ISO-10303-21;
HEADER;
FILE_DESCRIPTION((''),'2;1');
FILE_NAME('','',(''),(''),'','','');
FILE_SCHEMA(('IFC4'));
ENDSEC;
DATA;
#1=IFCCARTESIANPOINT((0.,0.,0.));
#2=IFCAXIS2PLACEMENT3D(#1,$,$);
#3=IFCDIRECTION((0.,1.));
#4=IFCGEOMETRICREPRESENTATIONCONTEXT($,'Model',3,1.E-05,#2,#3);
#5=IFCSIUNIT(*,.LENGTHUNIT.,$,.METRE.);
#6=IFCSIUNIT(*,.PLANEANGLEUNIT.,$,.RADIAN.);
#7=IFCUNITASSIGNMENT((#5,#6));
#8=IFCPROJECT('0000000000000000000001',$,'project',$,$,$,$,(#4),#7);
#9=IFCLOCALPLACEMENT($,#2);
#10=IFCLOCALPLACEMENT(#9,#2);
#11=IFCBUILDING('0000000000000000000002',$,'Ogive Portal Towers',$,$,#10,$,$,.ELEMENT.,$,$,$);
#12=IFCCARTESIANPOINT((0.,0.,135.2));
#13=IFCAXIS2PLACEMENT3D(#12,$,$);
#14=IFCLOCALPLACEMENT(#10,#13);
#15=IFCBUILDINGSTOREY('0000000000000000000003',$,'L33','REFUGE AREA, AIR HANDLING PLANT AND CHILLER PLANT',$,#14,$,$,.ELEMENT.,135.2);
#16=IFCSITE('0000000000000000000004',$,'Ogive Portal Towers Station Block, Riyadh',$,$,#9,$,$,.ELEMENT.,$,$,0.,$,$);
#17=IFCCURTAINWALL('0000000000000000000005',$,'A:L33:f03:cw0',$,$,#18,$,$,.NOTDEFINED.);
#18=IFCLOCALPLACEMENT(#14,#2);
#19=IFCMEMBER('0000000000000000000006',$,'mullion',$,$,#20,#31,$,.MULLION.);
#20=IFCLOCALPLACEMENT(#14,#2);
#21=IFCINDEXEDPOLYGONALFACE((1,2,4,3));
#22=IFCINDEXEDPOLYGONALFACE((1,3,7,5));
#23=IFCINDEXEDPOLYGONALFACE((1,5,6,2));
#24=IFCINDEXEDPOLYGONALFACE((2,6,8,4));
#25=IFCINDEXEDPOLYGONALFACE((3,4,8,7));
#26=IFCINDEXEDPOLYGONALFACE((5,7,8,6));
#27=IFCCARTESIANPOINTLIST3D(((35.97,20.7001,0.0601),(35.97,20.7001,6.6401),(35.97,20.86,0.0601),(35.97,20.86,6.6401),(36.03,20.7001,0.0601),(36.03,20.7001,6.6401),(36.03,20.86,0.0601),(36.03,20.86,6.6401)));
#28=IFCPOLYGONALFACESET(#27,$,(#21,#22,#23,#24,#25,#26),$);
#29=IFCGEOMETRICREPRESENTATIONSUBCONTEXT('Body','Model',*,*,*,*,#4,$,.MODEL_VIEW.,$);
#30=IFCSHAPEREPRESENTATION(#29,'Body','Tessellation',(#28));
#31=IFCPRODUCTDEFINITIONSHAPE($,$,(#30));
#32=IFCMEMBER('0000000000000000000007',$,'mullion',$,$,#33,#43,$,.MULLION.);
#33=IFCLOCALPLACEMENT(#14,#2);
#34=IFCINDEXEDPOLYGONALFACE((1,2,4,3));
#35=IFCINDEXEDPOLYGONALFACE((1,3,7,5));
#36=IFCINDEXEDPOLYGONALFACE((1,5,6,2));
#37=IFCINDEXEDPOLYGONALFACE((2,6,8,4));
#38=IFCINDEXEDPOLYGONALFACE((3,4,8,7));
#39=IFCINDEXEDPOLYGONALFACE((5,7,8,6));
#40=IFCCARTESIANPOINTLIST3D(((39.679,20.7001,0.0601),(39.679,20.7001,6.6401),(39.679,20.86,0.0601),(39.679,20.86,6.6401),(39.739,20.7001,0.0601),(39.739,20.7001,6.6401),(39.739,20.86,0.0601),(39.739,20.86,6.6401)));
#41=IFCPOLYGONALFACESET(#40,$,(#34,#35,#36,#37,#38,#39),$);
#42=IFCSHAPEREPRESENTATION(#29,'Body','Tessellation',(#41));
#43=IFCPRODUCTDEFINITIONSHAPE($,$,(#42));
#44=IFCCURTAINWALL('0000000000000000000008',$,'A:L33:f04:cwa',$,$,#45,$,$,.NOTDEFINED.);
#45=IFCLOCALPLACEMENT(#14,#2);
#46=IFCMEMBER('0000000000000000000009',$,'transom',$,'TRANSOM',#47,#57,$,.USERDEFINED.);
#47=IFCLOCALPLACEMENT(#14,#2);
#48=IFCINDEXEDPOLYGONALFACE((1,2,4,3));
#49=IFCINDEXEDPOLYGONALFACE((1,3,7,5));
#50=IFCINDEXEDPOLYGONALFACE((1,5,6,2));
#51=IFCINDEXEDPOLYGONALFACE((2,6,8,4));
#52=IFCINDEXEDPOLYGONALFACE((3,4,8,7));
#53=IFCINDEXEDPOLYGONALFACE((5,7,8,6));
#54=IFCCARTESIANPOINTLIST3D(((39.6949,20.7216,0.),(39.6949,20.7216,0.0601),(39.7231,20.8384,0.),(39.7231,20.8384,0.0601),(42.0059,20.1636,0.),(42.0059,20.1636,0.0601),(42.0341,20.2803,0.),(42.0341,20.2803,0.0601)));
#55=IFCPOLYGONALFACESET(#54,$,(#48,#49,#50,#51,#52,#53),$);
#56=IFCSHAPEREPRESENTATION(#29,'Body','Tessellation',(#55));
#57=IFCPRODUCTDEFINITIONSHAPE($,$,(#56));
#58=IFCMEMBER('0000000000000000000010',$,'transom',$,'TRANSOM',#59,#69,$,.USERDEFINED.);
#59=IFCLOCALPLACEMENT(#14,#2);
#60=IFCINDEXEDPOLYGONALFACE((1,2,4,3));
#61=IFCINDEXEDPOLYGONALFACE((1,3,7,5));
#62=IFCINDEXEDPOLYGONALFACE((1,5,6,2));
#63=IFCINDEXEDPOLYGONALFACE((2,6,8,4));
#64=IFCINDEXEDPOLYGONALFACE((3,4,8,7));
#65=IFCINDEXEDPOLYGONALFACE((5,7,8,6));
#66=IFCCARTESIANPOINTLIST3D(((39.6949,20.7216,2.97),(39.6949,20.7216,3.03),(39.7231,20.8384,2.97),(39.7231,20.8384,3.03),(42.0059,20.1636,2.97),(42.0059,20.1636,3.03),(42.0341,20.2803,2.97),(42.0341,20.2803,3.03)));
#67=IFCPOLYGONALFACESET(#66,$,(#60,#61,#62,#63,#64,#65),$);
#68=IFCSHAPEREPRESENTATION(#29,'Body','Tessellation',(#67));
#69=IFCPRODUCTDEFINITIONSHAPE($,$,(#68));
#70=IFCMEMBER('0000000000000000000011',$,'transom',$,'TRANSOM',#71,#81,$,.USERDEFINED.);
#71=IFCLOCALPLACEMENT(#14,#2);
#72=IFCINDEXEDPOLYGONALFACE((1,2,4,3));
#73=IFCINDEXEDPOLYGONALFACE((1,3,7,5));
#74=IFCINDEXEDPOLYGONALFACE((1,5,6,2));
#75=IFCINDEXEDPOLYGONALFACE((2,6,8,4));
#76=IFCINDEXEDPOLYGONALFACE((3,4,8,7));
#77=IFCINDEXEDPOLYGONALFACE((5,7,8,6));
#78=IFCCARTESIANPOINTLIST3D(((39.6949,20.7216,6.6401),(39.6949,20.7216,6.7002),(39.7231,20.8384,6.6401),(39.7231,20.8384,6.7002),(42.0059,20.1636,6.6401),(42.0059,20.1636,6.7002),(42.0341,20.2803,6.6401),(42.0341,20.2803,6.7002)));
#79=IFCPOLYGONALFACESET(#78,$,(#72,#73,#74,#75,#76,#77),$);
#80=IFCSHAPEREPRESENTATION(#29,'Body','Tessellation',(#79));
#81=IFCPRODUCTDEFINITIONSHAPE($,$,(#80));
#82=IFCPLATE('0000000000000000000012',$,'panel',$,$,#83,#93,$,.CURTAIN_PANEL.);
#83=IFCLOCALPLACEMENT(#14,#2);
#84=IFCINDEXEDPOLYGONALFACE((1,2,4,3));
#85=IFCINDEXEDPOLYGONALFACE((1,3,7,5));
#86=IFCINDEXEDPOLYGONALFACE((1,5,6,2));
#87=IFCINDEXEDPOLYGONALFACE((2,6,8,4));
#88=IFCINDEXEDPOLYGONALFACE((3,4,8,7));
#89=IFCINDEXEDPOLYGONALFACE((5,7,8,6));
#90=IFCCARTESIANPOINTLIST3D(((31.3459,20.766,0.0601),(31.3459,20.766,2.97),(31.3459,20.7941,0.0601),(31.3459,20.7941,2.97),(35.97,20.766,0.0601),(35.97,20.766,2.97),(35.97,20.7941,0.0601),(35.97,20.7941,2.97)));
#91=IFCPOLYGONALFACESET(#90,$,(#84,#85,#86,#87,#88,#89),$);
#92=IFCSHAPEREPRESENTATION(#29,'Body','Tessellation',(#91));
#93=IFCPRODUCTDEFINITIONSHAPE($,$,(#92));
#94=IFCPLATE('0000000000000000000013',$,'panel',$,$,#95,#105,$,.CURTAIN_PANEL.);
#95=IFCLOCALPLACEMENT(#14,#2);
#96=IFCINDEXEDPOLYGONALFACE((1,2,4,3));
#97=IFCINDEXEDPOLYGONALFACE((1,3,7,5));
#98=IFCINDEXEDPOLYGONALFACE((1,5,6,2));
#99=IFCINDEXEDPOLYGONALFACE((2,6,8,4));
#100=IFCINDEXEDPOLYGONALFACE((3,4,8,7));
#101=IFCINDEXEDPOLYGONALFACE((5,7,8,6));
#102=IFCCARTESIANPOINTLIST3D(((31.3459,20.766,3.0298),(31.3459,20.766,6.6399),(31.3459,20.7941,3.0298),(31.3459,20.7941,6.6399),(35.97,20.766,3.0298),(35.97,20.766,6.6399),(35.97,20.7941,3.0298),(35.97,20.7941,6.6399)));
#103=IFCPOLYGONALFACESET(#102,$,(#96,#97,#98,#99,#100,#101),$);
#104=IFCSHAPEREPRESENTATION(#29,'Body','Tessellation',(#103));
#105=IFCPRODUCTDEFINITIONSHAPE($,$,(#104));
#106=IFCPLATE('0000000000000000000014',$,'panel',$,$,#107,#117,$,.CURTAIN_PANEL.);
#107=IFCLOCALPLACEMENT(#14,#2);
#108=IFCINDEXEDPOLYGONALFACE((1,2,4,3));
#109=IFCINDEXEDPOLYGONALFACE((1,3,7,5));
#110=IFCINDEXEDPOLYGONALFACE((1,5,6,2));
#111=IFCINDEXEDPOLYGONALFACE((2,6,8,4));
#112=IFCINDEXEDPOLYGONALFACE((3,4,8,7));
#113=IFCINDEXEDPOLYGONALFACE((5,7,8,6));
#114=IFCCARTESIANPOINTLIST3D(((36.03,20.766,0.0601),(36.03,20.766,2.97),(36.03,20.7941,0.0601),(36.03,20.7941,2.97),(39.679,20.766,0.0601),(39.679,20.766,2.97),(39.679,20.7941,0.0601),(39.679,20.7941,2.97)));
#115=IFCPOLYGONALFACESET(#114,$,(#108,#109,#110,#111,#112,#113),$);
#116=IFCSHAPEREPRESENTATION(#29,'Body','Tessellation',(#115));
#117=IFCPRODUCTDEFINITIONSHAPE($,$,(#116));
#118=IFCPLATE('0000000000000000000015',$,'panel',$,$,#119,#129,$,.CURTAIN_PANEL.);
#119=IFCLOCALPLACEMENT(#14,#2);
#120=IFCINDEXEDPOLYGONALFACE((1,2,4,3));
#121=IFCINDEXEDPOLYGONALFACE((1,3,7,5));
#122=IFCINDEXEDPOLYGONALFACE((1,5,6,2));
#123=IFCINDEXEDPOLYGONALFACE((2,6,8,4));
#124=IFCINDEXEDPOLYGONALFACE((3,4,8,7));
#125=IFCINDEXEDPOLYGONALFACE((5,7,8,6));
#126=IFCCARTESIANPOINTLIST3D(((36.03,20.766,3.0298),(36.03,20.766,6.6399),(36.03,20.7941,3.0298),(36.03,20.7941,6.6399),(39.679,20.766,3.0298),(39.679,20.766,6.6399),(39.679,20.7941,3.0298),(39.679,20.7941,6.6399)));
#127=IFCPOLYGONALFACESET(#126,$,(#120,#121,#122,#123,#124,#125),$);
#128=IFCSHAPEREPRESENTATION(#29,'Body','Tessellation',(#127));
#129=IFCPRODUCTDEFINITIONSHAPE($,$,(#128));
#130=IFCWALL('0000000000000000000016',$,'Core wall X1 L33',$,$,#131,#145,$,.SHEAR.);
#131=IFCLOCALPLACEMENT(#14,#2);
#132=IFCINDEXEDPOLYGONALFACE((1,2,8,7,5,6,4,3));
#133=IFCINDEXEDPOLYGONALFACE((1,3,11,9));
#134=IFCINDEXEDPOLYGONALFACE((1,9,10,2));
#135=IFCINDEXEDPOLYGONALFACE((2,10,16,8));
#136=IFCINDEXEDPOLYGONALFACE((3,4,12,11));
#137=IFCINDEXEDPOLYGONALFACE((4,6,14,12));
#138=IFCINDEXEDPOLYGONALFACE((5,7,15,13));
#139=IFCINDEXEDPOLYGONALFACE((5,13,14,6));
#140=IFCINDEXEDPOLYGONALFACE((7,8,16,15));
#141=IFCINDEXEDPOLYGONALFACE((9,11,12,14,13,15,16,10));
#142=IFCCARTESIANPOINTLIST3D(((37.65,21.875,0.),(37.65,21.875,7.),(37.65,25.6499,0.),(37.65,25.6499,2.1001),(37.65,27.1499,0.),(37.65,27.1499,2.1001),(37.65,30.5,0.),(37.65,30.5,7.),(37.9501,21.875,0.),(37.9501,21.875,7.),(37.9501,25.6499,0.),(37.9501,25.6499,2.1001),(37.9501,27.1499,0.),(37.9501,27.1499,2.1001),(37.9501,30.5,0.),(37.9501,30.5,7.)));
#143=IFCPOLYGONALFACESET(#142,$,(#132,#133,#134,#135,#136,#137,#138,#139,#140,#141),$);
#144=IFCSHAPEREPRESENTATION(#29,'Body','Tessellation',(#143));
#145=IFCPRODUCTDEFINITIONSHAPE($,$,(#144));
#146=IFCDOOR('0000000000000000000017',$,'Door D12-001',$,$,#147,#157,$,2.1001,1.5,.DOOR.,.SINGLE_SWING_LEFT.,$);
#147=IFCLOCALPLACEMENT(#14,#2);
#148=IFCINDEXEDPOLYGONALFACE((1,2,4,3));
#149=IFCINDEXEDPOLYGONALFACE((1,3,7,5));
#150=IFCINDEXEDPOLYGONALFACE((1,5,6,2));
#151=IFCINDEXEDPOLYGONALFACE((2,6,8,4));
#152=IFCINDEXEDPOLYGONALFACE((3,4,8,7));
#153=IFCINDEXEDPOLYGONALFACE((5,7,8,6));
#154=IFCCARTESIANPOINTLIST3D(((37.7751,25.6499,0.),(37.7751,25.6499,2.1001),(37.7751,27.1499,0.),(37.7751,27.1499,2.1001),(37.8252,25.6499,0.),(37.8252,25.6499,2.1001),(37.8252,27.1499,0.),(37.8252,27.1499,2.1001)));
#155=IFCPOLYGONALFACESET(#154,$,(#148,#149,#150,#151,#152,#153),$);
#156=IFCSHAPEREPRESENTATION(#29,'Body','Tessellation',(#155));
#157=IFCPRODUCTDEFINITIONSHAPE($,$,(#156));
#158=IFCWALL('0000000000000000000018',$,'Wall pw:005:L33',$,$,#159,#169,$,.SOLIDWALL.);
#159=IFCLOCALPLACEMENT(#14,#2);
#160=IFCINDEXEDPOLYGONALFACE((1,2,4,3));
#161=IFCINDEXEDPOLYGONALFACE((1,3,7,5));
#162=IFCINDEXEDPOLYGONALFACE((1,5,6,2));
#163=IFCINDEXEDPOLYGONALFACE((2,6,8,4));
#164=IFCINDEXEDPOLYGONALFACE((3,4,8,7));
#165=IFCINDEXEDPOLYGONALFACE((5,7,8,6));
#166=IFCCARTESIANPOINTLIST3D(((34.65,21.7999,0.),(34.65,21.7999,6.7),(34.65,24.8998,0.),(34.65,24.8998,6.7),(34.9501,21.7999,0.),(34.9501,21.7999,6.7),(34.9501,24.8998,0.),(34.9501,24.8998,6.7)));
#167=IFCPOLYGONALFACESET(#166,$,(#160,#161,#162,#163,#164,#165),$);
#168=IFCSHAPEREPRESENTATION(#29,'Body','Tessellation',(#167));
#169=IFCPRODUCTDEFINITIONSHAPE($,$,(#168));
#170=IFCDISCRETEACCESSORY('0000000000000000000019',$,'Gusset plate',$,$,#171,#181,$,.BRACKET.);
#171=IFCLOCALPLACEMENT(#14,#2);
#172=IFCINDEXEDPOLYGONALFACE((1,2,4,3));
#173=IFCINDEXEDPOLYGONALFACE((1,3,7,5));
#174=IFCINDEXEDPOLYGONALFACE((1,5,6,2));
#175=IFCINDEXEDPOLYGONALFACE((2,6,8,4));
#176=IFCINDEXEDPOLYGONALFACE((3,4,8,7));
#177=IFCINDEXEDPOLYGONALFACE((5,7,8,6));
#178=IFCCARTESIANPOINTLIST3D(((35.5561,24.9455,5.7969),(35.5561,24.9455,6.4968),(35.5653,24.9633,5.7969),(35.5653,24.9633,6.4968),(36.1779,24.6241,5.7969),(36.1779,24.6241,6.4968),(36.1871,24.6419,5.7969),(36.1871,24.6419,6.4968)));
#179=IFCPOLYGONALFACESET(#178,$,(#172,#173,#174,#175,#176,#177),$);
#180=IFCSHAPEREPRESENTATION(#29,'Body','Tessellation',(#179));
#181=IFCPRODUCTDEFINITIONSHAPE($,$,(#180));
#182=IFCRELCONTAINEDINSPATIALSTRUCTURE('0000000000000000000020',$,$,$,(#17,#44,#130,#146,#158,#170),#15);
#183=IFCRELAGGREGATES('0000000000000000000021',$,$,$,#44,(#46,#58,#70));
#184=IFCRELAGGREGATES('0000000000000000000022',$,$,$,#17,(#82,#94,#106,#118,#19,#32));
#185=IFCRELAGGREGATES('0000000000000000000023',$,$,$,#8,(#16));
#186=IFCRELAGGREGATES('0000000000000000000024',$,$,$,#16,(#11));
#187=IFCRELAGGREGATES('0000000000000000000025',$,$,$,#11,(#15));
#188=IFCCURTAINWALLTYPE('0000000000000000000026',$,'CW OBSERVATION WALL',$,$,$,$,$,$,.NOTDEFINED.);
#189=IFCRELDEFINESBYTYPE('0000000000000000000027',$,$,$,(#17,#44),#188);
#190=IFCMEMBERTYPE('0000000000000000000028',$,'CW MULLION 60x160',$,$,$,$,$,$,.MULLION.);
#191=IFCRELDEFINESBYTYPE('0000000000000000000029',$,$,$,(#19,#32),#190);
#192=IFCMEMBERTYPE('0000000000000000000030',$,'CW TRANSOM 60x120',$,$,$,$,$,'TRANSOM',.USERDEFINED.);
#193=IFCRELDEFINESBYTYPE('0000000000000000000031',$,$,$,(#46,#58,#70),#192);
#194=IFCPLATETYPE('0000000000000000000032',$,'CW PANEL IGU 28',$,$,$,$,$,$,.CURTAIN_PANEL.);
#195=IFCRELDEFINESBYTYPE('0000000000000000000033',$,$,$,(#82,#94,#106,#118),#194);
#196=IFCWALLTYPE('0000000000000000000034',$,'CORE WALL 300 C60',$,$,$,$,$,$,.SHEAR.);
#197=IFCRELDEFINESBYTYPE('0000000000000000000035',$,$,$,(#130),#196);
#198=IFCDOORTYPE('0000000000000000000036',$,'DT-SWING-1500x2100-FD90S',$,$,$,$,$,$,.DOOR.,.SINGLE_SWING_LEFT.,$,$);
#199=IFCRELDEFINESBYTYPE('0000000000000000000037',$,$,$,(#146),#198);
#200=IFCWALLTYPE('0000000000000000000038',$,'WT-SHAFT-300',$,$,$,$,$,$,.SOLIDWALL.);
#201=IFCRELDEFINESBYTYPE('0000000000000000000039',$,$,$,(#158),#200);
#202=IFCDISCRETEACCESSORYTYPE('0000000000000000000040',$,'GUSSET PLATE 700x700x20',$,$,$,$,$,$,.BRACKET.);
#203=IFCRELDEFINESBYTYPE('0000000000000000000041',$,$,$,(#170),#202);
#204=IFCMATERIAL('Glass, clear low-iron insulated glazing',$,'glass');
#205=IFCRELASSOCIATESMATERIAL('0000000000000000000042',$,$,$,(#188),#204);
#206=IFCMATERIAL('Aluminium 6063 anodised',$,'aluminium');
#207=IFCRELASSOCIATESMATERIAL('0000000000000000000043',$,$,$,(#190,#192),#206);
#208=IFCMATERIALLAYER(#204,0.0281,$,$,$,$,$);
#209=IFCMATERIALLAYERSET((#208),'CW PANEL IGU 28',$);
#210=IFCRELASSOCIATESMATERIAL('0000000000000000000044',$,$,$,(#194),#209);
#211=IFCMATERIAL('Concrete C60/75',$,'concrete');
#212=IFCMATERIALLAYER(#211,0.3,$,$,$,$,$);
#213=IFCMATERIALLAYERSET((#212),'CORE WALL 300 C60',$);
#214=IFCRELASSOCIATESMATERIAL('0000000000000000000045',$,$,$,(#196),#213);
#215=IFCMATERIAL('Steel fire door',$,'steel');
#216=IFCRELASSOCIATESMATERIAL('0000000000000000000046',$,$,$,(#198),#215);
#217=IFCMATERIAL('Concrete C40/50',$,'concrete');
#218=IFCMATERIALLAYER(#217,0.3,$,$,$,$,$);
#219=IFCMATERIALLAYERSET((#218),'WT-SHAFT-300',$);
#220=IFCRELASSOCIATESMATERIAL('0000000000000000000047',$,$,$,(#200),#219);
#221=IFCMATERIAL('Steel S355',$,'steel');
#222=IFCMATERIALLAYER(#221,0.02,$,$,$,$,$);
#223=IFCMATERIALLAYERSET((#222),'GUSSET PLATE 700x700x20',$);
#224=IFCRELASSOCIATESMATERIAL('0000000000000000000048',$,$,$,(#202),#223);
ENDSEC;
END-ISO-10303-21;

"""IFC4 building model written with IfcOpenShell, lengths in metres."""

from ifc_helpers import new_model, si_unit, direction, frame, frame_2d, origin, origin_2d, place, context, subcontext, project, spatial, rectangle, extrude, material, layer, layer_set, material_profile, profile_set, type_object, element, fill, aggregate, save


model = new_model("IFC4")

# Units and contexts
model_context = context("Model", 3, precision=1e-05, world=origin(), true_north=direction((0.0, 1.0)))
body_context = subcontext(model_context, "Body", "Model", "MODEL_VIEW")
ifc_project = project(units=[si_unit("LENGTHUNIT", "METRE"), si_unit("PLANEANGLEUNIT", "RADIAN")], contexts=[model_context])

# Site, building, storey
site_placement = place(None, origin())
site = spatial("IfcSite", under=ifc_project, at=site_placement, Name="Ogive Portal Towers Station Block, Riyadh", CompositionType="ELEMENT", RefElevation=0.0)
building_placement = place(site_placement, origin())
building = spatial("IfcBuilding", under=site, at=building_placement, Name="Ogive Portal Towers", CompositionType="ELEMENT")
storey_placement = place(building_placement, frame((0.0, 0.0, 135.2)))
storey = spatial("IfcBuildingStorey", under=building, at=storey_placement, Name="L33", Description="REFUGE AREA, AIR HANDLING PLANT AND CHILLER PLANT", CompositionType="ELEMENT", Elevation=135.2)

# Shared definitions
ifc_material_1 = material(Name="Steel S355", Category="steel")

# Curtain walls, members
ifc_material_2 = material(Name="Glass, clear low-iron insulated glazing", Category="glass")
curtain_wall_type = type_object("IfcCurtainWallType", Name="CW OBSERVATION WALL", PredefinedType="NOTDEFINED", material=ifc_material_2)
curtain_wall_1_placement = place(storey_placement, origin())
curtain_wall_1 = element("IfcCurtainWall", 1, at=curtain_wall_1_placement, inside=storey, type_object=curtain_wall_type, Name="A:L33:f03:cw0", PredefinedType="NOTDEFINED")
ifc_material_3 = material(Name="Aluminium 6063 anodised", Category="aluminium")
ifc_material_profile_1 = material_profile(ifc_material_3, rectangle(XDim=0.1599, YDim=0.0601, at=origin_2d()), Name="AL 60x160")
ifc_profile_set_1 = profile_set([ifc_material_profile_1], Name="Aluminium 6063 anodised")
member_type_1 = type_object("IfcMemberType", Name="CW MULLION 60x160", PredefinedType="MULLION", material=ifc_profile_set_1)
member_1_placement = place(storey_placement, frame((36.0, 20.78, 0.0601), z_axis=(0.0, 0.0, 1.0), x_axis=(0.0, 1.0, 0.0)))
member_1 = element("IfcMember", 2, at=member_1_placement, type_object=member_type_1, Name="mullion", PredefinedType="MULLION", context=body_context, shape_type="SweptSolid", body=[
    extrude(rectangle(XDim=0.1599, YDim=0.0601, at=origin_2d()), origin(), (0.0, 0.0, 1.0), 6.5801),
])
member_2_placement = place(storey_placement, frame((39.709, 20.78, 0.0601), z_axis=(0.0, 0.0, 1.0), x_axis=(0.0, 1.0, 0.0)))
member_2 = element("IfcMember", 3, at=member_2_placement, type_object=member_type_1, Name="mullion", PredefinedType="MULLION", context=body_context, shape_type="SweptSolid", body=[
    extrude(rectangle(XDim=0.1599, YDim=0.0601, at=origin_2d()), origin(), (0.0, 0.0, 1.0), 6.5801),
])
curtain_wall_2_placement = place(storey_placement, origin())
curtain_wall_2 = element("IfcCurtainWall", 4, at=curtain_wall_2_placement, inside=storey, type_object=curtain_wall_type, Name="A:L33:f04:cwa", PredefinedType="NOTDEFINED")
ifc_material_profile_2 = material_profile(ifc_material_3, rectangle(XDim=0.1201, YDim=0.0601, at=origin_2d()), Name="AL 120x60")
ifc_profile_set_2 = profile_set([ifc_material_profile_2], Name="Aluminium 6063 anodised")
member_type_2 = type_object("IfcMemberType", Name="CW TRANSOM 60x120", ElementType="TRANSOM", PredefinedType="USERDEFINED", material=ifc_profile_set_2)
member_3_placement = place(storey_placement, frame((39.709, 20.78, 0.03), z_axis=(0.972056, -0.234748, 0.0), x_axis=(0.234748, 0.972056, 0.0)))
member_3 = element("IfcMember", 5, at=member_3_placement, type_object=member_type_2, Name="transom", ObjectType="TRANSOM", PredefinedType="USERDEFINED", context=body_context, shape_type="SweptSolid", body=[
    extrude(rectangle(XDim=0.1201, YDim=0.0601, at=origin_2d()), origin(), (0.0, 0.0, 1.0), 2.3774),
])
member_4_placement = place(storey_placement, frame((39.709, 20.78, 3.0), z_axis=(0.972056, -0.234748, 0.0), x_axis=(0.234748, 0.972056, 0.0)))
member_4 = element("IfcMember", 6, at=member_4_placement, type_object=member_type_2, Name="transom", ObjectType="TRANSOM", PredefinedType="USERDEFINED", context=body_context, shape_type="SweptSolid", body=[
    extrude(rectangle(XDim=0.1201, YDim=0.0601, at=origin_2d()), origin(), (0.0, 0.0, 1.0), 2.3774),
])
member_5_placement = place(storey_placement, frame((39.709, 20.78, 6.6702), z_axis=(0.972056, -0.234748, 0.0), x_axis=(0.234748, 0.972056, 0.0)))
member_5 = element("IfcMember", 7, at=member_5_placement, type_object=member_type_2, Name="transom", ObjectType="TRANSOM", PredefinedType="USERDEFINED", context=body_context, shape_type="SweptSolid", body=[
    extrude(rectangle(XDim=0.1201, YDim=0.0601, at=origin_2d()), origin(), (0.0, 0.0, 1.0), 2.3774),
])
aggregate(curtain_wall_2, [member_3, member_4, member_5])

# Plates
ifc_layer_1 = layer(ifc_material_2, 0.0281)
ifc_layer_set_1 = layer_set([ifc_layer_1], Name="CW PANEL IGU 28")
plate_type = type_object("IfcPlateType", Name="CW PANEL IGU 28", PredefinedType="CURTAIN_PANEL", material=ifc_layer_set_1)
plate_1_placement = place(storey_placement, frame((33.658, 20.78, 0.0601), z_axis=(0.0, 0.0, 1.0), x_axis=(1.0, 0.0, 0.0)))
plate_1 = element("IfcPlate", 8, at=plate_1_placement, type_object=plate_type, Name="panel", PredefinedType="CURTAIN_PANEL", context=body_context, shape_type="SweptSolid", body=[
    extrude(rectangle(XDim=4.624, YDim=0.0281, at=origin_2d()), origin(), (0.0, 0.0, 1.0), 2.9099),
])
plate_2_placement = place(storey_placement, frame((33.658, 20.78, 3.0298), z_axis=(0.0, 0.0, 1.0), x_axis=(1.0, 0.0, 0.0)))
plate_2 = element("IfcPlate", 9, at=plate_2_placement, type_object=plate_type, Name="panel", PredefinedType="CURTAIN_PANEL", context=body_context, shape_type="SweptSolid", body=[
    extrude(rectangle(XDim=4.624, YDim=0.0281, at=origin_2d()), origin(), (0.0, 0.0, 1.0), 3.6101),
])
plate_3_placement = place(storey_placement, frame((37.8545, 20.78, 0.0601), z_axis=(0.0, 0.0, 1.0), x_axis=(1.0, 0.0, 0.0)))
plate_3 = element("IfcPlate", 10, at=plate_3_placement, type_object=plate_type, Name="panel", PredefinedType="CURTAIN_PANEL", context=body_context, shape_type="SweptSolid", body=[
    extrude(rectangle(XDim=3.6489, YDim=0.0281, at=origin_2d()), origin(), (0.0, 0.0, 1.0), 2.9099),
])
plate_4_placement = place(storey_placement, frame((37.8545, 20.78, 3.0298), z_axis=(0.0, 0.0, 1.0), x_axis=(1.0, 0.0, 0.0)))
plate_4 = element("IfcPlate", 11, at=plate_4_placement, type_object=plate_type, Name="panel", PredefinedType="CURTAIN_PANEL", context=body_context, shape_type="SweptSolid", body=[
    extrude(rectangle(XDim=3.6489, YDim=0.0281, at=origin_2d()), origin(), (0.0, 0.0, 1.0), 3.6101),
])
aggregate(curtain_wall_1, [plate_1, plate_2, plate_3, plate_4, member_1, member_2])

# Wall, opening, door
ifc_material_4 = material(Name="Concrete C60/75", Category="concrete")
ifc_layer_2 = layer(ifc_material_4, 0.3)
ifc_layer_set_2 = layer_set([ifc_layer_2], Name="CORE WALL 300 C60")
wall_type_1 = type_object("IfcWallType", Name="CORE WALL 300 C60", PredefinedType="SHEAR", material=ifc_layer_set_2)
wall_1_placement = place(storey_placement, frame((37.8, 21.875, 0.0), z_axis=(0.0, 0.0, 1.0), x_axis=(0.0, 1.0, 0.0)))
wall_1 = element("IfcWall", 12, at=wall_1_placement, inside=storey, type_object=wall_type_1, Name="Core wall X1 L33", PredefinedType="SHEAR", context=body_context, shape_type="SweptSolid", body=[
    extrude(rectangle(XDim=8.625, YDim=0.3, at=frame_2d((4.3125, 0.0))), origin(), (0.0, 0.0, 1.0), 7.0),
])
opening_placement = place(wall_1_placement, frame((3.7749, 0.0, 0.0)))
opening = element("IfcOpeningElement", 13, at=opening_placement, cuts=wall_1, PredefinedType="OPENING", context=body_context, shape_type="SweptSolid", body=[
    extrude(rectangle(XDim=1.5, YDim=2.1001, at=frame_2d((0.75, 1.05))), frame((0.0, 0.1602, 0.0), z_axis=(0.0, -1.0, 0.0), x_axis=(1.0, 0.0, 0.0)), (0.0, 0.0, 1.0), 0.3201),
])
ifc_material_5 = material(Name="Steel fire door", Category="steel")
door_type = type_object("IfcDoorType", Name="DT-SWING-1500x2100-FD90S", OperationType="SINGLE_SWING_LEFT", PredefinedType="DOOR", material=ifc_material_5)
door_placement = place(opening_placement, origin())
door = element("IfcDoor", 14, at=door_placement, inside=storey, type_object=door_type, Name="Door D12-001", OperationType="SINGLE_SWING_LEFT", OverallHeight=2.1001, OverallWidth=1.5, PredefinedType="DOOR", context=body_context, shape_type="SweptSolid", body=[
    extrude(rectangle(XDim=1.5, YDim=2.1001, at=frame_2d((0.75, 1.05))), frame((0.0, 0.0249, 0.0), z_axis=(0.0, -1.0, 0.0), x_axis=(1.0, 0.0, 0.0)), (0.0, 0.0, 1.0), 0.05),
])
fill(opening, door)

# Wall
ifc_material_6 = material(Name="Concrete C40/50", Category="concrete")
ifc_layer_3 = layer(ifc_material_6, 0.3)
ifc_layer_set_3 = layer_set([ifc_layer_3], Name="WT-SHAFT-300")
wall_type_2 = type_object("IfcWallType", Name="WT-SHAFT-300", PredefinedType="SOLIDWALL", material=ifc_layer_set_3)
wall_2_placement = place(storey_placement, frame((34.8, 21.8, 0.0), z_axis=(0.0, 0.0, 1.0), x_axis=(0.0, 1.0, 0.0)))
element("IfcWall", 15, at=wall_2_placement, inside=storey, type_object=wall_type_2, Name="Wall pw:005:L33", PredefinedType="SOLIDWALL", context=body_context, shape_type="SweptSolid", body=[
    extrude(rectangle(XDim=3.0999, YDim=0.3, at=frame_2d((1.5498, 0.0))), origin(), (0.0, 0.0, 1.0), 6.7),
])

# Discrete accessory
ifc_layer_4 = layer(ifc_material_1, 0.02)
ifc_layer_set_4 = layer_set([ifc_layer_4], Name="GUSSET PLATE 700x700x20")
discrete_accessory_type_1 = type_object("IfcDiscreteAccessoryType", Name="GUSSET PLATE 700x700x20", PredefinedType="BRACKET", material=ifc_layer_set_4)
for number, where, z_axis, x_axis, name in (
    (16, (35.8716, 24.7937, 5.7969), (0.0, 0.0, 1.0), (0.888321, -0.459223, 0.0), "Gusset plate"),
):
    element("IfcDiscreteAccessory", number, at=place(storey_placement, frame(where, z_axis=z_axis, x_axis=x_axis)), inside=storey, type_object=discrete_accessory_type_1, Name=name, PredefinedType="BRACKET", context=body_context, shape_type="SweptSolid", body=[
        extrude(rectangle(XDim=0.7, YDim=0.02, at=origin_2d()), origin(), (0.0, 0.0, 1.0), 0.7),
    ])

save(model, "model.ifc")
